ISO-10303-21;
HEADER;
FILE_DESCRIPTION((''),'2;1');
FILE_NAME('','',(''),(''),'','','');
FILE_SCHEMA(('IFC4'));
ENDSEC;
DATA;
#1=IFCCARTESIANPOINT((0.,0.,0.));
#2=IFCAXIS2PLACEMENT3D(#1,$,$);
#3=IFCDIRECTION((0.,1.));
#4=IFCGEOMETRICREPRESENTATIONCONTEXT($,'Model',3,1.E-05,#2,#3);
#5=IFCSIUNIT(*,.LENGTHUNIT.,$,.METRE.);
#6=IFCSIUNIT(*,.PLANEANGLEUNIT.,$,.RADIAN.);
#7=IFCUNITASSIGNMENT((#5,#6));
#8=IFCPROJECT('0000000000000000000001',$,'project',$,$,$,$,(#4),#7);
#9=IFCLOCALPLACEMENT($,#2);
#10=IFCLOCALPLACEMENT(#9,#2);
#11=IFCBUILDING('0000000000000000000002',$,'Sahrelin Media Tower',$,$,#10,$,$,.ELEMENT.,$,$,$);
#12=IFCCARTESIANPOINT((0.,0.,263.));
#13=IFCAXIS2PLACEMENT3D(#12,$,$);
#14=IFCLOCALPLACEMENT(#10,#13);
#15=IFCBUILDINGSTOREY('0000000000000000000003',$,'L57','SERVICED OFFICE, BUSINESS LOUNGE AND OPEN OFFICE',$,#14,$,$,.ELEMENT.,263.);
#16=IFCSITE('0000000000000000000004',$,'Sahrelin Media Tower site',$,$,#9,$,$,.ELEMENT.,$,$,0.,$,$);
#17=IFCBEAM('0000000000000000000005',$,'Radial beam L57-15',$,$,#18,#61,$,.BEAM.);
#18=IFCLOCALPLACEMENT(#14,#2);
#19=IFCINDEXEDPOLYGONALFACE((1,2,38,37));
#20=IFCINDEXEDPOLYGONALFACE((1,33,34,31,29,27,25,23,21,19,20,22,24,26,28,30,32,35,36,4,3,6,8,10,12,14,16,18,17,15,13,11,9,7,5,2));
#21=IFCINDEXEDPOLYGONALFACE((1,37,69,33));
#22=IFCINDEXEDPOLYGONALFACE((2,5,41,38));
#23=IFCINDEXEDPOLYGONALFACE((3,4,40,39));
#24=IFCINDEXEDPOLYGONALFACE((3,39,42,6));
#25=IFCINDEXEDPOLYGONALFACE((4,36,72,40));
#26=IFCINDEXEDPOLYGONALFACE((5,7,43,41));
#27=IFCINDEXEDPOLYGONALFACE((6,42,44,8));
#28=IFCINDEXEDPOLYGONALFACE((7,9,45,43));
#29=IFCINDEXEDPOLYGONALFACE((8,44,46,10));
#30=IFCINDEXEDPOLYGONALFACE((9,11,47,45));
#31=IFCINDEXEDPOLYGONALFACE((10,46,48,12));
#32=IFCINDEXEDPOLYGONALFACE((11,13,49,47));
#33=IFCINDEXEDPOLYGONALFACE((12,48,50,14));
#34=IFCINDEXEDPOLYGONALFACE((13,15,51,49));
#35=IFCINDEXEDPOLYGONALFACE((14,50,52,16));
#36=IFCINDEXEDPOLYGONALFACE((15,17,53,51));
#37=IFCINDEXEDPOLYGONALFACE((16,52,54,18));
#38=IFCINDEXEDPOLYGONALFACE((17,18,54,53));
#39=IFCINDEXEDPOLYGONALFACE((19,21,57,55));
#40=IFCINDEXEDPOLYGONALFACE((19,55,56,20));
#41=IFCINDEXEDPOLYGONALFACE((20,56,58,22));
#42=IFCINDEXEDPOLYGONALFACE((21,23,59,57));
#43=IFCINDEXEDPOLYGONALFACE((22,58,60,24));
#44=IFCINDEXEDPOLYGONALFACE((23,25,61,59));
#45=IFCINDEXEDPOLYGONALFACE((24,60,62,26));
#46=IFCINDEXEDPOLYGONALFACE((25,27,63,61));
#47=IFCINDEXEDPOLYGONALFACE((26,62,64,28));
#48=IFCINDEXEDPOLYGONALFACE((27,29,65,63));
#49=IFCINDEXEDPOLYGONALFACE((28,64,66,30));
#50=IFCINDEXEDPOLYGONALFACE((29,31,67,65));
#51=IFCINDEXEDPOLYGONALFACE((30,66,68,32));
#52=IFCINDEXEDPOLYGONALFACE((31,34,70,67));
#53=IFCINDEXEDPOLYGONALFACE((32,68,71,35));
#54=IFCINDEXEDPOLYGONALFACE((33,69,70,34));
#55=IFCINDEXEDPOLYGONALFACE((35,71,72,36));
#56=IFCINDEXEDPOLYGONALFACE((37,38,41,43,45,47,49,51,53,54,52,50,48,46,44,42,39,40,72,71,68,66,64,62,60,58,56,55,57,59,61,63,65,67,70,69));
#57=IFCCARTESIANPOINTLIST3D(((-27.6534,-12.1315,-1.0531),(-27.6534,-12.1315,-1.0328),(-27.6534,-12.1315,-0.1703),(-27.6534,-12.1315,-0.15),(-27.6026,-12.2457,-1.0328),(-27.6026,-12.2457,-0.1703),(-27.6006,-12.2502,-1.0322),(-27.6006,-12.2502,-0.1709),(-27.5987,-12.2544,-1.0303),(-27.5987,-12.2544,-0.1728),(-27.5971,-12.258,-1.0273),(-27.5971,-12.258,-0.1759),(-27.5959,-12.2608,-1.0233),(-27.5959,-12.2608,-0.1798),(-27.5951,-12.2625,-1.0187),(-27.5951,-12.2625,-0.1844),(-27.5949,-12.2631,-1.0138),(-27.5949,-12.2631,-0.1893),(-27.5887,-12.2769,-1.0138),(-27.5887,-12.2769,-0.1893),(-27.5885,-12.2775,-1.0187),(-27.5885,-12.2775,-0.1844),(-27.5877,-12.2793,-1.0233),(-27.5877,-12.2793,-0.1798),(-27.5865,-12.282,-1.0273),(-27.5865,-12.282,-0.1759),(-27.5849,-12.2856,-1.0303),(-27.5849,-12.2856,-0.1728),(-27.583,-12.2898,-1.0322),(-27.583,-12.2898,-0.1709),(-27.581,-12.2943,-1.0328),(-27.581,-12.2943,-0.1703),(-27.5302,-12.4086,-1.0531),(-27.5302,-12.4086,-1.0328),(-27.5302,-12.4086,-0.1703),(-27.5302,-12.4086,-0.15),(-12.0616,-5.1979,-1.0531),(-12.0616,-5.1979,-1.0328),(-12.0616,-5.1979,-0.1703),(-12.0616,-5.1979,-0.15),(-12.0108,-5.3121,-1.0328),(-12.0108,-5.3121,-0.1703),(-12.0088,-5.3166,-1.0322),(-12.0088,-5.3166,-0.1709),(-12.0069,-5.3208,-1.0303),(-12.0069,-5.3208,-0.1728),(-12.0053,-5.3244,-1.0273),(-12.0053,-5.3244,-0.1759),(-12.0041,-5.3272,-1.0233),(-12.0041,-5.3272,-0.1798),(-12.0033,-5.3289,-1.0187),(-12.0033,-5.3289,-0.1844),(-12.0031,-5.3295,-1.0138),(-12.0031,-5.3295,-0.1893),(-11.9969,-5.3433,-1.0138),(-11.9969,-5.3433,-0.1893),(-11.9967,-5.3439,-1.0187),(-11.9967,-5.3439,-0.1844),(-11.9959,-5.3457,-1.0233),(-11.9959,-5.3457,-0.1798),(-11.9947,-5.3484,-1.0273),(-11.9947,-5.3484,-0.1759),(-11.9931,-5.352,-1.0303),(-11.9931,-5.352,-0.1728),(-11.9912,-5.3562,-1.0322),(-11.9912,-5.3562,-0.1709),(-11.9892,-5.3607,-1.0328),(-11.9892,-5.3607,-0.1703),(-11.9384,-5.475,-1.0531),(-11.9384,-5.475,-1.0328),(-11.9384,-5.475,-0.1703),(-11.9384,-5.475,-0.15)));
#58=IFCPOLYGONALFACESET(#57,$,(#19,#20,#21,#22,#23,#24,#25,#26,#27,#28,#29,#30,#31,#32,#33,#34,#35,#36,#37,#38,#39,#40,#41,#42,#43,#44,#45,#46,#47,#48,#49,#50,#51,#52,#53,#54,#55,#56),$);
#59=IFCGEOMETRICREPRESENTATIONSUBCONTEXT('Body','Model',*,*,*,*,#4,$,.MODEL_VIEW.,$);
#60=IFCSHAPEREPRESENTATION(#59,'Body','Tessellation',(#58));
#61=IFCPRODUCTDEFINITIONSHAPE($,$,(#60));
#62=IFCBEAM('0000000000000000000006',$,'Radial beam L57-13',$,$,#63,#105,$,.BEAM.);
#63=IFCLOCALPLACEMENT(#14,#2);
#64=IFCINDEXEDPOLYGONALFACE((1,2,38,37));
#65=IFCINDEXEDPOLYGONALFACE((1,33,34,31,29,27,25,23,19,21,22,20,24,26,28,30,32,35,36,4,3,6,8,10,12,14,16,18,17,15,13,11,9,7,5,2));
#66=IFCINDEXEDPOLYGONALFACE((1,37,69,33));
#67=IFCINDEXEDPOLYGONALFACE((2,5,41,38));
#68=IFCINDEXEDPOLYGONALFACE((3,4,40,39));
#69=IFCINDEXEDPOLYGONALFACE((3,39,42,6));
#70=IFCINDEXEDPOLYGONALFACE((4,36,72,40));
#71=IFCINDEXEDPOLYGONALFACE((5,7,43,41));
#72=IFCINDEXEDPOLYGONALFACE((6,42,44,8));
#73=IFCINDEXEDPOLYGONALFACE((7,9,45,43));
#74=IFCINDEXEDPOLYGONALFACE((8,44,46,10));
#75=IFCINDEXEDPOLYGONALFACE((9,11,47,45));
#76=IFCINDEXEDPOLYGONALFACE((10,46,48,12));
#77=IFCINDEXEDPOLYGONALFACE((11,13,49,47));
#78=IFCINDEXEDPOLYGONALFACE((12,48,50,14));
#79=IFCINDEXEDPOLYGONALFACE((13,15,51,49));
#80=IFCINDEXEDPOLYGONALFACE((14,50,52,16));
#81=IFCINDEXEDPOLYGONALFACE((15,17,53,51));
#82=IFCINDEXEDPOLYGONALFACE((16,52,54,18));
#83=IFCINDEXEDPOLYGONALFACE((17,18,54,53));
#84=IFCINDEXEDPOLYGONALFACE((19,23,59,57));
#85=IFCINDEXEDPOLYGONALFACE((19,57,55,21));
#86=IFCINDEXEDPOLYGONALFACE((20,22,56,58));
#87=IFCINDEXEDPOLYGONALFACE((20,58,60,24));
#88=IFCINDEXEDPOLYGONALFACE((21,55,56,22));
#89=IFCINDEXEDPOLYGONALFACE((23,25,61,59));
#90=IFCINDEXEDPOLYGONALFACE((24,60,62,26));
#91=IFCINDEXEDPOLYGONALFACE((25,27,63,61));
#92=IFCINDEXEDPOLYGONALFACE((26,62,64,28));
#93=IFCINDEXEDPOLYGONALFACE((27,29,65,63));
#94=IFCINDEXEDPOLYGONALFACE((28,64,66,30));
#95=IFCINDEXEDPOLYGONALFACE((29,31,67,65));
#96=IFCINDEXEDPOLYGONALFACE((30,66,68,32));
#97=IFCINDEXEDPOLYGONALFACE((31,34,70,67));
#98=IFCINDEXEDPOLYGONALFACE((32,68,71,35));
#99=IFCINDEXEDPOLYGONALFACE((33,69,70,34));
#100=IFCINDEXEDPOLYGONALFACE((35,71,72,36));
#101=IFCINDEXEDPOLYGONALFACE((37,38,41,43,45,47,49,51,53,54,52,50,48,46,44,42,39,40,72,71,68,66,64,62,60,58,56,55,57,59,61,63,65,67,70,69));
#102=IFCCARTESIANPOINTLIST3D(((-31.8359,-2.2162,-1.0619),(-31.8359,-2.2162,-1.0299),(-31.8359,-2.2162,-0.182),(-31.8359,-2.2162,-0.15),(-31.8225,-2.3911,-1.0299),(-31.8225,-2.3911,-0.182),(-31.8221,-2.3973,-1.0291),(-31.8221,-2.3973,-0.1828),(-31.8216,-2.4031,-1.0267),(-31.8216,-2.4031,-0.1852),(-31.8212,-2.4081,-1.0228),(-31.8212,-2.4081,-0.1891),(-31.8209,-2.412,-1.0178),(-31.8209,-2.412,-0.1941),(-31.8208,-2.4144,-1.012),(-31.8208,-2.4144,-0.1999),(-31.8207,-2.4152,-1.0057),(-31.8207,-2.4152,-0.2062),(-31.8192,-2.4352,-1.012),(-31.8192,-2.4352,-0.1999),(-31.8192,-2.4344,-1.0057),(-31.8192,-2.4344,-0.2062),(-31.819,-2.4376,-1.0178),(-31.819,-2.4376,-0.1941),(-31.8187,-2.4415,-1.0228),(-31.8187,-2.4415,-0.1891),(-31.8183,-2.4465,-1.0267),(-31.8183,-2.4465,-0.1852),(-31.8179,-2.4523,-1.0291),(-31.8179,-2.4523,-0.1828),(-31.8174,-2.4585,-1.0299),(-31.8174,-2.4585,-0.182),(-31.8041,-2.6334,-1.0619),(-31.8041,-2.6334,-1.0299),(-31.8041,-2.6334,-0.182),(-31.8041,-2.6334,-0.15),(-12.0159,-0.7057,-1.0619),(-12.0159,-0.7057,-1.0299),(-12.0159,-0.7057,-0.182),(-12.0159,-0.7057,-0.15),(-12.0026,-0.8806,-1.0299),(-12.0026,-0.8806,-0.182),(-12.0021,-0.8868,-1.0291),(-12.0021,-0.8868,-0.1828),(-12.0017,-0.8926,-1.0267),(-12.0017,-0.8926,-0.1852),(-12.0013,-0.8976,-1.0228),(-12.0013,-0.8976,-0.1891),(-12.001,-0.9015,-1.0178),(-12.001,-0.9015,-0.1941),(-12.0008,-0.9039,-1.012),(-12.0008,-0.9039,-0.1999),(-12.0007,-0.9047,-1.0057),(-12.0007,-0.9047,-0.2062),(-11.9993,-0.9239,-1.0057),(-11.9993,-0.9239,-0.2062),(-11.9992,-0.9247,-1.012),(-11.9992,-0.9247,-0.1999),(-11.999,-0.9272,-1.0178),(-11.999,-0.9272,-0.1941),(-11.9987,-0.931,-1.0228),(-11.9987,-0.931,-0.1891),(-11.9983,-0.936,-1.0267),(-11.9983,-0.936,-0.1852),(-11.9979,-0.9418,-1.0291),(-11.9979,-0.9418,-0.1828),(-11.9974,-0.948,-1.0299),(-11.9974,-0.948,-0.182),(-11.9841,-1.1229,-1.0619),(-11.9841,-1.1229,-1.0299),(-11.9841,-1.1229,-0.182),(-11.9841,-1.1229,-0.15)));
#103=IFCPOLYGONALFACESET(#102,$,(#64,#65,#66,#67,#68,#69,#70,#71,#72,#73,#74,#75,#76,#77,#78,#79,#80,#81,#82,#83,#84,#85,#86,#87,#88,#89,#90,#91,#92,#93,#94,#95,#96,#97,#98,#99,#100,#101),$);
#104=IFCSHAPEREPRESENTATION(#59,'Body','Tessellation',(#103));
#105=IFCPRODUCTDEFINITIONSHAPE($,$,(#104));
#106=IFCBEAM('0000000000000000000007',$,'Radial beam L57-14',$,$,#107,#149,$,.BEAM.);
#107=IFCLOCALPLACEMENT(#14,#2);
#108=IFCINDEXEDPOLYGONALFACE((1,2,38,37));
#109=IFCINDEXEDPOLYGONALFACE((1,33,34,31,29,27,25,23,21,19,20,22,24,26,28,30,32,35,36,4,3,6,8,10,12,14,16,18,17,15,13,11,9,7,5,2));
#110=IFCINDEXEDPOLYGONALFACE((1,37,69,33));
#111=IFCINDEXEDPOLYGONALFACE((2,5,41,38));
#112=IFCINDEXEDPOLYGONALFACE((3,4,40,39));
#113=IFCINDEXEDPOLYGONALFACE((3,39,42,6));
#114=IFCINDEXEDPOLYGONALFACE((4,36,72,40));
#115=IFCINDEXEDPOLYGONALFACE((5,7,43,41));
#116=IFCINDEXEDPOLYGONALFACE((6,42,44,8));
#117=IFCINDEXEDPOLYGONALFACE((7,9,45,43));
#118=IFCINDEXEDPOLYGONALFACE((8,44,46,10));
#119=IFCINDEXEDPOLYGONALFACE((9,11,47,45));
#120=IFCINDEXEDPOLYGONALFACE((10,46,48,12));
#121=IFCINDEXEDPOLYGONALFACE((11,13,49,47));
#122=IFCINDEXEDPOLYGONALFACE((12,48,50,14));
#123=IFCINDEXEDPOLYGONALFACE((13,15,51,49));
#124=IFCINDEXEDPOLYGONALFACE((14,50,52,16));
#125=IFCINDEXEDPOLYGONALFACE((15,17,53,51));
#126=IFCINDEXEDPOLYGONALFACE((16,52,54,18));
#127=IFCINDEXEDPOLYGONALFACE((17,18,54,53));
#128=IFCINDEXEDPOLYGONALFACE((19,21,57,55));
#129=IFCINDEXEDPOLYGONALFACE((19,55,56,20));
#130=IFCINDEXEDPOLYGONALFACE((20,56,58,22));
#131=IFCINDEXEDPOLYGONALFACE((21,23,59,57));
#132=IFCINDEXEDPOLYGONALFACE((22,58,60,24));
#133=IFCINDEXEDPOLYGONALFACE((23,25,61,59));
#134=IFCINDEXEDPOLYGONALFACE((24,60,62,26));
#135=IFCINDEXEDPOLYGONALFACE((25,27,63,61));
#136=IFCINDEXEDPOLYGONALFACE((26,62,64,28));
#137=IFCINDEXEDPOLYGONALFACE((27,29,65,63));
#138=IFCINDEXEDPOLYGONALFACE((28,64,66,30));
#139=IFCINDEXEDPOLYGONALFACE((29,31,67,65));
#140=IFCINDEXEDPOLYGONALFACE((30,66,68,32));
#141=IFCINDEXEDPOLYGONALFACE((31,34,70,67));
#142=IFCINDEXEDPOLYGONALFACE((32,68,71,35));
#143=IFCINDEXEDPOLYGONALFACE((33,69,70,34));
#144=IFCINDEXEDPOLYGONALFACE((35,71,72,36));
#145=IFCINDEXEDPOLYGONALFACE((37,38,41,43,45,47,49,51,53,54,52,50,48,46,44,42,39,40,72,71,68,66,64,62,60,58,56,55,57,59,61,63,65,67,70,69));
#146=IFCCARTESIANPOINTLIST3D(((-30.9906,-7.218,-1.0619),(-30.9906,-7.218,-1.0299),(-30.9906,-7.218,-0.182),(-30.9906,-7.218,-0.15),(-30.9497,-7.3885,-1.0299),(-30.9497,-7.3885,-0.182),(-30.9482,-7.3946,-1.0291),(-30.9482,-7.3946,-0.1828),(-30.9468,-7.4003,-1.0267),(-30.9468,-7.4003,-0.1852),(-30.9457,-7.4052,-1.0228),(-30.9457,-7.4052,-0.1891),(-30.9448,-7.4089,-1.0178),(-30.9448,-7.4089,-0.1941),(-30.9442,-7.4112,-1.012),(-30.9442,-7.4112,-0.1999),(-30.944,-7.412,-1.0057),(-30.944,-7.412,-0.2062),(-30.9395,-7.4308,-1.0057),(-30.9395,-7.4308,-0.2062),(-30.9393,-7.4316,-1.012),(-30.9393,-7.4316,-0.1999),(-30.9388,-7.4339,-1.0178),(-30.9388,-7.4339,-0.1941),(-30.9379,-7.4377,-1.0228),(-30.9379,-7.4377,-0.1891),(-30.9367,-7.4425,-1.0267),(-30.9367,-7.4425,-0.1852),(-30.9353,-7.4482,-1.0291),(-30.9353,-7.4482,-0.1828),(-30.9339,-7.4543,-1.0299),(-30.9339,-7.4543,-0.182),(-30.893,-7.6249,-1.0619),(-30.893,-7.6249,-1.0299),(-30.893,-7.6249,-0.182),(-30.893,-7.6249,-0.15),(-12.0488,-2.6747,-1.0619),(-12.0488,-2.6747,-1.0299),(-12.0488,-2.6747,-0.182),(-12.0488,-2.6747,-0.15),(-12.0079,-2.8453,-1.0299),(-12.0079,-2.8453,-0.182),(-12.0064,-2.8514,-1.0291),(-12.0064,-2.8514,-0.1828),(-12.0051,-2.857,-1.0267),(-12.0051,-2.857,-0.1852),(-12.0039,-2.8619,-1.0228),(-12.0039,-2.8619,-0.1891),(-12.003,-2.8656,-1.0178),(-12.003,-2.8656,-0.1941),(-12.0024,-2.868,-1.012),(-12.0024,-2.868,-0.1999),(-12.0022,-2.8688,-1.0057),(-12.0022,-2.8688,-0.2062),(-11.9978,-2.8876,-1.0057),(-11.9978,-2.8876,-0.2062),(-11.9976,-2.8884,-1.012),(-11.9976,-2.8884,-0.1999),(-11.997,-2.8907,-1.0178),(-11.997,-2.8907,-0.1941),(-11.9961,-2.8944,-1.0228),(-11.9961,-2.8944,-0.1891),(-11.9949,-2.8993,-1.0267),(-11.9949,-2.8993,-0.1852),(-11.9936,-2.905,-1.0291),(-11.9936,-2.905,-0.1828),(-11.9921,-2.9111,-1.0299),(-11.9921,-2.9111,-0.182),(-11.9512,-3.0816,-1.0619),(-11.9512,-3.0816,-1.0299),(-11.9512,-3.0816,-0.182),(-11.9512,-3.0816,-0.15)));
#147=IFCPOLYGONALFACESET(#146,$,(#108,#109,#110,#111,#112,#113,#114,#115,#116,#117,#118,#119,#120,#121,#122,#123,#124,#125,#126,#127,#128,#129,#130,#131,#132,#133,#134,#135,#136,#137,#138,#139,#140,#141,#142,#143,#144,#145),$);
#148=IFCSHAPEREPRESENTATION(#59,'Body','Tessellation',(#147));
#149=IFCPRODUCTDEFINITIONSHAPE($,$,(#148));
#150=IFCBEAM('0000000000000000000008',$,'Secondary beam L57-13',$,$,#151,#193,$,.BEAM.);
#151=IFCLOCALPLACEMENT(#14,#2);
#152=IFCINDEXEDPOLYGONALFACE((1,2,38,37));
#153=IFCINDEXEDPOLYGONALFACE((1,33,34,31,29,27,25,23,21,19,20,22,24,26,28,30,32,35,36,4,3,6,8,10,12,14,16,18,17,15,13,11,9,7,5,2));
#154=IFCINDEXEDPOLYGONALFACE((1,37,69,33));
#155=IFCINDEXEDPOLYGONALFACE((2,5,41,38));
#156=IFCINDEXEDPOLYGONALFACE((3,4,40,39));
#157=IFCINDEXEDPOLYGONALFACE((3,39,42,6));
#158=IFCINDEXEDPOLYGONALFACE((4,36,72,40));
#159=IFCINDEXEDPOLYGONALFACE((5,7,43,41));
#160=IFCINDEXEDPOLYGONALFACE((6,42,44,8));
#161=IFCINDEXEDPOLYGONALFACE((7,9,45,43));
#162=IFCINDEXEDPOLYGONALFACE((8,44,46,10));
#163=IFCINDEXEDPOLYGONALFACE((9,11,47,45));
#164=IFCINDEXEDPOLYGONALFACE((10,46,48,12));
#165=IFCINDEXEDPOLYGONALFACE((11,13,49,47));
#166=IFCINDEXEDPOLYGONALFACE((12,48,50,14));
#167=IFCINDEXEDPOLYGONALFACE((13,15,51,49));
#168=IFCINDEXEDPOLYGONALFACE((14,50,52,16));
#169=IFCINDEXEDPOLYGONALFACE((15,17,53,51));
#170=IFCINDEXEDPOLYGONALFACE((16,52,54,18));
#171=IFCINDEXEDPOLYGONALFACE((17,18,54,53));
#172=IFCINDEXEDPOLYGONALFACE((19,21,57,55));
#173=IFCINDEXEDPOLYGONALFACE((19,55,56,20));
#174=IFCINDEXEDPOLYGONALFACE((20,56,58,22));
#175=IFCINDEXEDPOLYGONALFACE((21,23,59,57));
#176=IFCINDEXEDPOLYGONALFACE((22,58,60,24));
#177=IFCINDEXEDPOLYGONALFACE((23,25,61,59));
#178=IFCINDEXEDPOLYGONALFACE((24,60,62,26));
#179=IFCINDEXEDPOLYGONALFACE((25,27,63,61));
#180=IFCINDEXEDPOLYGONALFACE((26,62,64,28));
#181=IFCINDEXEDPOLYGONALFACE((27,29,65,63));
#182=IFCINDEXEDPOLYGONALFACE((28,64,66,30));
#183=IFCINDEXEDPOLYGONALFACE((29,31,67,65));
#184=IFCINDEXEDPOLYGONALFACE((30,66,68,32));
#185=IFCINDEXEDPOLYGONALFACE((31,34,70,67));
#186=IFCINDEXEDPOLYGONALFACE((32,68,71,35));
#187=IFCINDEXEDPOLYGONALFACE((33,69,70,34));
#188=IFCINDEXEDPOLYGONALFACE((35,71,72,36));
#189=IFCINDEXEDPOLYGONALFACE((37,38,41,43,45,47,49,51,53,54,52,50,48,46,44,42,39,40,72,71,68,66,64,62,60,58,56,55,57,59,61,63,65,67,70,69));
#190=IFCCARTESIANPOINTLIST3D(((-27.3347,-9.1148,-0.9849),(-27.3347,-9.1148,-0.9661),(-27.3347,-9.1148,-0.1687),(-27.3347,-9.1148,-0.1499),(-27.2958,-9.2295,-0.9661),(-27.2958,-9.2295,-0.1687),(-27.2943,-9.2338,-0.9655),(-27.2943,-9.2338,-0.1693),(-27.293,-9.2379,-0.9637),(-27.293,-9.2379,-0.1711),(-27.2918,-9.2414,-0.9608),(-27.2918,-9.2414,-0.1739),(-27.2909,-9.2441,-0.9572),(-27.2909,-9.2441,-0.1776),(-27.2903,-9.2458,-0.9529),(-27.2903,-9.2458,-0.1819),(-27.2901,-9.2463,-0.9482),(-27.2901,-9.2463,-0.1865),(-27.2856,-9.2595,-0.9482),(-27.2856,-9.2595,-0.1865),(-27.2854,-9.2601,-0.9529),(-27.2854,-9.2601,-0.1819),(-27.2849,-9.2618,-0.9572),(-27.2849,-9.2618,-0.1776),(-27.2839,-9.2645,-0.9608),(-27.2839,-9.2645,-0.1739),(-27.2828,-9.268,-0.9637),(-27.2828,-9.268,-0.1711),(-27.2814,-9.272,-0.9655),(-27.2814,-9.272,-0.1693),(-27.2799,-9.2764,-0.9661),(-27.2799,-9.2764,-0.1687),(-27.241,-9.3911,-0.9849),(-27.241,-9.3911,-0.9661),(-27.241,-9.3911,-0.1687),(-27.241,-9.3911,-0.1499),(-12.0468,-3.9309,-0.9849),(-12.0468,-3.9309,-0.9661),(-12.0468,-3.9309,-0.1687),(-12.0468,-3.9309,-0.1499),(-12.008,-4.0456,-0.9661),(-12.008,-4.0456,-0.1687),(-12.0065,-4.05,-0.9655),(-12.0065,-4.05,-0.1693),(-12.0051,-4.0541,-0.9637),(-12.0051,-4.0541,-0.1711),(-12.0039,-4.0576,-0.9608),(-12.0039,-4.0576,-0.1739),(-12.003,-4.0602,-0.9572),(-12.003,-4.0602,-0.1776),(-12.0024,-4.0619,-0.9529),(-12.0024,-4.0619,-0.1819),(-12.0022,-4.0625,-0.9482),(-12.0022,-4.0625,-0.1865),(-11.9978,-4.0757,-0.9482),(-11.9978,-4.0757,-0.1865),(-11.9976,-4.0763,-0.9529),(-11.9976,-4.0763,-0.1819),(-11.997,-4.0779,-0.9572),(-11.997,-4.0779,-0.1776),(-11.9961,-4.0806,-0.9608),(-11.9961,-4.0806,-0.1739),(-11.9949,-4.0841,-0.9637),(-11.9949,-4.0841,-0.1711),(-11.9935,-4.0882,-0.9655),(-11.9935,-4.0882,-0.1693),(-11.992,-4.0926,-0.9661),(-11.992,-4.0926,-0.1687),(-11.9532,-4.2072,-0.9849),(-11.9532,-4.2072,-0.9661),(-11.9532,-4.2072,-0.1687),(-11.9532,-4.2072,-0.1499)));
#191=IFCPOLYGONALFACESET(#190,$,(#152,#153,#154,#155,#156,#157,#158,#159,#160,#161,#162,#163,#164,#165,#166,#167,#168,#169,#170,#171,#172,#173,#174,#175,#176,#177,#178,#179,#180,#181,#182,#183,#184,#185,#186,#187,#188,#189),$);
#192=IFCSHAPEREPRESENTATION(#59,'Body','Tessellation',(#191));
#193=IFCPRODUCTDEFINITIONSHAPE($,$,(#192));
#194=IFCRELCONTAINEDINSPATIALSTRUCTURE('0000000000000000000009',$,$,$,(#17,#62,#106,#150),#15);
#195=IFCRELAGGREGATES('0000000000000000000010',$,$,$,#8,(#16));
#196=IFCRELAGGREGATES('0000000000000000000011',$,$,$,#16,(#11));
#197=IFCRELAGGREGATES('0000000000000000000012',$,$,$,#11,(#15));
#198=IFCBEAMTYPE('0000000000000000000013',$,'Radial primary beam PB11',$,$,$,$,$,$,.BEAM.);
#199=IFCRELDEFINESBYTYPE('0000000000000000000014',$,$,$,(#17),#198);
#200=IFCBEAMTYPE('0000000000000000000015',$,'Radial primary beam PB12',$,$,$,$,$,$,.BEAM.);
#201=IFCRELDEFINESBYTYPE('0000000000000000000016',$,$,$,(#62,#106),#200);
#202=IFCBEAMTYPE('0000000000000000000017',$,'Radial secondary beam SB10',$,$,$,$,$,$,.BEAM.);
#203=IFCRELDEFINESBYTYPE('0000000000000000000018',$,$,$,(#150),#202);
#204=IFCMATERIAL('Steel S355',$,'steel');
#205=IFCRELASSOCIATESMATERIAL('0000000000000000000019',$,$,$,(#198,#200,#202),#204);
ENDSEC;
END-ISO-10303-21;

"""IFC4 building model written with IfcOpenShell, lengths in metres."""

from ifc_helpers import new_model, si_unit, direction, frame, origin, origin_2d, place, context, subcontext, project, spatial, i_section, extrude, material, material_profile, profile_set, type_object, element, save


model = new_model("IFC4")

# Units and contexts
model_context = context("Model", 3, precision=1e-05, world=origin(), true_north=direction((0.0, 1.0)))
body_context = subcontext(model_context, "Body", "Model", "MODEL_VIEW")
ifc_project = project(units=[si_unit("LENGTHUNIT", "METRE"), si_unit("PLANEANGLEUNIT", "RADIAN")], contexts=[model_context])

# Site, building, storey
site_placement = place(None, origin())
site = spatial("IfcSite", under=ifc_project, at=site_placement, Name="Sahrelin Media Tower site", CompositionType="ELEMENT", RefElevation=0.0)
building_placement = place(site_placement, origin())
building = spatial("IfcBuilding", under=site, at=building_placement, Name="Sahrelin Media Tower", CompositionType="ELEMENT")
storey_placement = place(building_placement, frame((0.0, 0.0, 263.0)))
storey = spatial("IfcBuildingStorey", under=building, at=storey_placement, Name="L57", Description="SERVICED OFFICE, BUSINESS LOUNGE AND OPEN OFFICE", CompositionType="ELEMENT", Elevation=263.0)

# Beams
ifc_material_1 = material(Name="Steel S355", Category="steel")
ifc_material_profile_1 = material_profile(ifc_material_1, i_section(OverallWidth=0.3032, OverallDepth=0.9031, WebThickness=0.0151, FlangeThickness=0.0203, FilletRadius=0.019, at=origin_2d()), Name="UB 914x305x201")
ifc_profile_set_1 = profile_set([ifc_material_profile_1], Name="Steel S355")
beam_type_1 = type_object("IfcBeamType", Name="Radial primary beam PB11", PredefinedType="BEAM", material=ifc_profile_set_1)
beam_1_placement = place(storey_placement, frame((-12.0, -5.3364, -0.6016), z_axis=(-0.913727, -0.40633, 0.0), x_axis=(0.40633, -0.913727, 0.0)))
element("IfcBeam", 1, at=beam_1_placement, inside=storey, type_object=beam_type_1, Name="Radial beam L57-15", PredefinedType="BEAM", context=body_context, shape_type="SweptSolid", body=[
    extrude(i_section(OverallWidth=0.3032, OverallDepth=0.9031, WebThickness=0.0151, FlangeThickness=0.0203, FilletRadius=0.019, at=origin_2d()), origin(), (0.0, 0.0, 1.0), 17.064),
])
ifc_material_profile_2 = material_profile(ifc_material_1, i_section(OverallWidth=0.4185, OverallDepth=0.9119, WebThickness=0.0193, FlangeThickness=0.032, FilletRadius=0.0242, at=origin_2d()), Name="UB 914x419x343")
ifc_profile_set_2 = profile_set([ifc_material_profile_2], Name="Steel S355")
beam_type_2 = type_object("IfcBeamType", Name="Radial primary beam PB12", PredefinedType="BEAM", material=ifc_profile_set_2)
beam_2_placement = place(storey_placement, frame((-12.0, -0.9143, -0.606), z_axis=(-0.997109, -0.07599, 0.0), x_axis=(0.07599, -0.997109, 0.0)))
element("IfcBeam", 2, at=beam_2_placement, inside=storey, type_object=beam_type_2, Name="Radial beam L57-13", PredefinedType="BEAM", context=body_context, shape_type="SweptSolid", body=[
    extrude(i_section(OverallWidth=0.4185, OverallDepth=0.9119, WebThickness=0.0193, FlangeThickness=0.032, FilletRadius=0.0242, at=origin_2d()), origin(), (0.0, 0.0, 1.0), 19.8774),
])
beam_3_placement = place(storey_placement, frame((-12.0, -2.8782, -0.606), z_axis=(-0.97242, -0.233238, 0.0), x_axis=(0.233238, -0.97242, 0.0)))
element("IfcBeam", 3, at=beam_3_placement, inside=storey, type_object=beam_type_2, Name="Radial beam L57-14", PredefinedType="BEAM", context=body_context, shape_type="SweptSolid", body=[
    extrude(i_section(OverallWidth=0.4185, OverallDepth=0.9119, WebThickness=0.0193, FlangeThickness=0.032, FilletRadius=0.0242, at=origin_2d()), origin(), (0.0, 0.0, 1.0), 19.479),
])
ifc_material_profile_3 = material_profile(ifc_material_1, i_section(OverallWidth=0.2917, OverallDepth=0.835, WebThickness=0.0139, FlangeThickness=0.0188, FilletRadius=0.0178, at=origin_2d()), Name="UB 838x292x176")
ifc_profile_set_3 = profile_set([ifc_material_profile_3], Name="Steel S355")
beam_type_3 = type_object("IfcBeamType", Name="Radial secondary beam SB10", PredefinedType="BEAM", material=ifc_profile_set_3)
beam_4_placement = place(storey_placement, frame((-12.0, -4.0691, -0.5674), z_axis=(-0.947037, -0.321124, 0.0), x_axis=(0.321124, -0.947037, 0.0)))
element("IfcBeam", 4, at=beam_4_placement, inside=storey, type_object=beam_type_3, Name="Secondary beam L57-13", PredefinedType="BEAM", context=body_context, shape_type="SweptSolid", body=[
    extrude(i_section(OverallWidth=0.2917, OverallDepth=0.835, WebThickness=0.0139, FlangeThickness=0.0188, FilletRadius=0.0178, at=origin_2d()), origin(), (0.0, 0.0, 1.0), 16.1428),
])

save(model, "model.ifc")
